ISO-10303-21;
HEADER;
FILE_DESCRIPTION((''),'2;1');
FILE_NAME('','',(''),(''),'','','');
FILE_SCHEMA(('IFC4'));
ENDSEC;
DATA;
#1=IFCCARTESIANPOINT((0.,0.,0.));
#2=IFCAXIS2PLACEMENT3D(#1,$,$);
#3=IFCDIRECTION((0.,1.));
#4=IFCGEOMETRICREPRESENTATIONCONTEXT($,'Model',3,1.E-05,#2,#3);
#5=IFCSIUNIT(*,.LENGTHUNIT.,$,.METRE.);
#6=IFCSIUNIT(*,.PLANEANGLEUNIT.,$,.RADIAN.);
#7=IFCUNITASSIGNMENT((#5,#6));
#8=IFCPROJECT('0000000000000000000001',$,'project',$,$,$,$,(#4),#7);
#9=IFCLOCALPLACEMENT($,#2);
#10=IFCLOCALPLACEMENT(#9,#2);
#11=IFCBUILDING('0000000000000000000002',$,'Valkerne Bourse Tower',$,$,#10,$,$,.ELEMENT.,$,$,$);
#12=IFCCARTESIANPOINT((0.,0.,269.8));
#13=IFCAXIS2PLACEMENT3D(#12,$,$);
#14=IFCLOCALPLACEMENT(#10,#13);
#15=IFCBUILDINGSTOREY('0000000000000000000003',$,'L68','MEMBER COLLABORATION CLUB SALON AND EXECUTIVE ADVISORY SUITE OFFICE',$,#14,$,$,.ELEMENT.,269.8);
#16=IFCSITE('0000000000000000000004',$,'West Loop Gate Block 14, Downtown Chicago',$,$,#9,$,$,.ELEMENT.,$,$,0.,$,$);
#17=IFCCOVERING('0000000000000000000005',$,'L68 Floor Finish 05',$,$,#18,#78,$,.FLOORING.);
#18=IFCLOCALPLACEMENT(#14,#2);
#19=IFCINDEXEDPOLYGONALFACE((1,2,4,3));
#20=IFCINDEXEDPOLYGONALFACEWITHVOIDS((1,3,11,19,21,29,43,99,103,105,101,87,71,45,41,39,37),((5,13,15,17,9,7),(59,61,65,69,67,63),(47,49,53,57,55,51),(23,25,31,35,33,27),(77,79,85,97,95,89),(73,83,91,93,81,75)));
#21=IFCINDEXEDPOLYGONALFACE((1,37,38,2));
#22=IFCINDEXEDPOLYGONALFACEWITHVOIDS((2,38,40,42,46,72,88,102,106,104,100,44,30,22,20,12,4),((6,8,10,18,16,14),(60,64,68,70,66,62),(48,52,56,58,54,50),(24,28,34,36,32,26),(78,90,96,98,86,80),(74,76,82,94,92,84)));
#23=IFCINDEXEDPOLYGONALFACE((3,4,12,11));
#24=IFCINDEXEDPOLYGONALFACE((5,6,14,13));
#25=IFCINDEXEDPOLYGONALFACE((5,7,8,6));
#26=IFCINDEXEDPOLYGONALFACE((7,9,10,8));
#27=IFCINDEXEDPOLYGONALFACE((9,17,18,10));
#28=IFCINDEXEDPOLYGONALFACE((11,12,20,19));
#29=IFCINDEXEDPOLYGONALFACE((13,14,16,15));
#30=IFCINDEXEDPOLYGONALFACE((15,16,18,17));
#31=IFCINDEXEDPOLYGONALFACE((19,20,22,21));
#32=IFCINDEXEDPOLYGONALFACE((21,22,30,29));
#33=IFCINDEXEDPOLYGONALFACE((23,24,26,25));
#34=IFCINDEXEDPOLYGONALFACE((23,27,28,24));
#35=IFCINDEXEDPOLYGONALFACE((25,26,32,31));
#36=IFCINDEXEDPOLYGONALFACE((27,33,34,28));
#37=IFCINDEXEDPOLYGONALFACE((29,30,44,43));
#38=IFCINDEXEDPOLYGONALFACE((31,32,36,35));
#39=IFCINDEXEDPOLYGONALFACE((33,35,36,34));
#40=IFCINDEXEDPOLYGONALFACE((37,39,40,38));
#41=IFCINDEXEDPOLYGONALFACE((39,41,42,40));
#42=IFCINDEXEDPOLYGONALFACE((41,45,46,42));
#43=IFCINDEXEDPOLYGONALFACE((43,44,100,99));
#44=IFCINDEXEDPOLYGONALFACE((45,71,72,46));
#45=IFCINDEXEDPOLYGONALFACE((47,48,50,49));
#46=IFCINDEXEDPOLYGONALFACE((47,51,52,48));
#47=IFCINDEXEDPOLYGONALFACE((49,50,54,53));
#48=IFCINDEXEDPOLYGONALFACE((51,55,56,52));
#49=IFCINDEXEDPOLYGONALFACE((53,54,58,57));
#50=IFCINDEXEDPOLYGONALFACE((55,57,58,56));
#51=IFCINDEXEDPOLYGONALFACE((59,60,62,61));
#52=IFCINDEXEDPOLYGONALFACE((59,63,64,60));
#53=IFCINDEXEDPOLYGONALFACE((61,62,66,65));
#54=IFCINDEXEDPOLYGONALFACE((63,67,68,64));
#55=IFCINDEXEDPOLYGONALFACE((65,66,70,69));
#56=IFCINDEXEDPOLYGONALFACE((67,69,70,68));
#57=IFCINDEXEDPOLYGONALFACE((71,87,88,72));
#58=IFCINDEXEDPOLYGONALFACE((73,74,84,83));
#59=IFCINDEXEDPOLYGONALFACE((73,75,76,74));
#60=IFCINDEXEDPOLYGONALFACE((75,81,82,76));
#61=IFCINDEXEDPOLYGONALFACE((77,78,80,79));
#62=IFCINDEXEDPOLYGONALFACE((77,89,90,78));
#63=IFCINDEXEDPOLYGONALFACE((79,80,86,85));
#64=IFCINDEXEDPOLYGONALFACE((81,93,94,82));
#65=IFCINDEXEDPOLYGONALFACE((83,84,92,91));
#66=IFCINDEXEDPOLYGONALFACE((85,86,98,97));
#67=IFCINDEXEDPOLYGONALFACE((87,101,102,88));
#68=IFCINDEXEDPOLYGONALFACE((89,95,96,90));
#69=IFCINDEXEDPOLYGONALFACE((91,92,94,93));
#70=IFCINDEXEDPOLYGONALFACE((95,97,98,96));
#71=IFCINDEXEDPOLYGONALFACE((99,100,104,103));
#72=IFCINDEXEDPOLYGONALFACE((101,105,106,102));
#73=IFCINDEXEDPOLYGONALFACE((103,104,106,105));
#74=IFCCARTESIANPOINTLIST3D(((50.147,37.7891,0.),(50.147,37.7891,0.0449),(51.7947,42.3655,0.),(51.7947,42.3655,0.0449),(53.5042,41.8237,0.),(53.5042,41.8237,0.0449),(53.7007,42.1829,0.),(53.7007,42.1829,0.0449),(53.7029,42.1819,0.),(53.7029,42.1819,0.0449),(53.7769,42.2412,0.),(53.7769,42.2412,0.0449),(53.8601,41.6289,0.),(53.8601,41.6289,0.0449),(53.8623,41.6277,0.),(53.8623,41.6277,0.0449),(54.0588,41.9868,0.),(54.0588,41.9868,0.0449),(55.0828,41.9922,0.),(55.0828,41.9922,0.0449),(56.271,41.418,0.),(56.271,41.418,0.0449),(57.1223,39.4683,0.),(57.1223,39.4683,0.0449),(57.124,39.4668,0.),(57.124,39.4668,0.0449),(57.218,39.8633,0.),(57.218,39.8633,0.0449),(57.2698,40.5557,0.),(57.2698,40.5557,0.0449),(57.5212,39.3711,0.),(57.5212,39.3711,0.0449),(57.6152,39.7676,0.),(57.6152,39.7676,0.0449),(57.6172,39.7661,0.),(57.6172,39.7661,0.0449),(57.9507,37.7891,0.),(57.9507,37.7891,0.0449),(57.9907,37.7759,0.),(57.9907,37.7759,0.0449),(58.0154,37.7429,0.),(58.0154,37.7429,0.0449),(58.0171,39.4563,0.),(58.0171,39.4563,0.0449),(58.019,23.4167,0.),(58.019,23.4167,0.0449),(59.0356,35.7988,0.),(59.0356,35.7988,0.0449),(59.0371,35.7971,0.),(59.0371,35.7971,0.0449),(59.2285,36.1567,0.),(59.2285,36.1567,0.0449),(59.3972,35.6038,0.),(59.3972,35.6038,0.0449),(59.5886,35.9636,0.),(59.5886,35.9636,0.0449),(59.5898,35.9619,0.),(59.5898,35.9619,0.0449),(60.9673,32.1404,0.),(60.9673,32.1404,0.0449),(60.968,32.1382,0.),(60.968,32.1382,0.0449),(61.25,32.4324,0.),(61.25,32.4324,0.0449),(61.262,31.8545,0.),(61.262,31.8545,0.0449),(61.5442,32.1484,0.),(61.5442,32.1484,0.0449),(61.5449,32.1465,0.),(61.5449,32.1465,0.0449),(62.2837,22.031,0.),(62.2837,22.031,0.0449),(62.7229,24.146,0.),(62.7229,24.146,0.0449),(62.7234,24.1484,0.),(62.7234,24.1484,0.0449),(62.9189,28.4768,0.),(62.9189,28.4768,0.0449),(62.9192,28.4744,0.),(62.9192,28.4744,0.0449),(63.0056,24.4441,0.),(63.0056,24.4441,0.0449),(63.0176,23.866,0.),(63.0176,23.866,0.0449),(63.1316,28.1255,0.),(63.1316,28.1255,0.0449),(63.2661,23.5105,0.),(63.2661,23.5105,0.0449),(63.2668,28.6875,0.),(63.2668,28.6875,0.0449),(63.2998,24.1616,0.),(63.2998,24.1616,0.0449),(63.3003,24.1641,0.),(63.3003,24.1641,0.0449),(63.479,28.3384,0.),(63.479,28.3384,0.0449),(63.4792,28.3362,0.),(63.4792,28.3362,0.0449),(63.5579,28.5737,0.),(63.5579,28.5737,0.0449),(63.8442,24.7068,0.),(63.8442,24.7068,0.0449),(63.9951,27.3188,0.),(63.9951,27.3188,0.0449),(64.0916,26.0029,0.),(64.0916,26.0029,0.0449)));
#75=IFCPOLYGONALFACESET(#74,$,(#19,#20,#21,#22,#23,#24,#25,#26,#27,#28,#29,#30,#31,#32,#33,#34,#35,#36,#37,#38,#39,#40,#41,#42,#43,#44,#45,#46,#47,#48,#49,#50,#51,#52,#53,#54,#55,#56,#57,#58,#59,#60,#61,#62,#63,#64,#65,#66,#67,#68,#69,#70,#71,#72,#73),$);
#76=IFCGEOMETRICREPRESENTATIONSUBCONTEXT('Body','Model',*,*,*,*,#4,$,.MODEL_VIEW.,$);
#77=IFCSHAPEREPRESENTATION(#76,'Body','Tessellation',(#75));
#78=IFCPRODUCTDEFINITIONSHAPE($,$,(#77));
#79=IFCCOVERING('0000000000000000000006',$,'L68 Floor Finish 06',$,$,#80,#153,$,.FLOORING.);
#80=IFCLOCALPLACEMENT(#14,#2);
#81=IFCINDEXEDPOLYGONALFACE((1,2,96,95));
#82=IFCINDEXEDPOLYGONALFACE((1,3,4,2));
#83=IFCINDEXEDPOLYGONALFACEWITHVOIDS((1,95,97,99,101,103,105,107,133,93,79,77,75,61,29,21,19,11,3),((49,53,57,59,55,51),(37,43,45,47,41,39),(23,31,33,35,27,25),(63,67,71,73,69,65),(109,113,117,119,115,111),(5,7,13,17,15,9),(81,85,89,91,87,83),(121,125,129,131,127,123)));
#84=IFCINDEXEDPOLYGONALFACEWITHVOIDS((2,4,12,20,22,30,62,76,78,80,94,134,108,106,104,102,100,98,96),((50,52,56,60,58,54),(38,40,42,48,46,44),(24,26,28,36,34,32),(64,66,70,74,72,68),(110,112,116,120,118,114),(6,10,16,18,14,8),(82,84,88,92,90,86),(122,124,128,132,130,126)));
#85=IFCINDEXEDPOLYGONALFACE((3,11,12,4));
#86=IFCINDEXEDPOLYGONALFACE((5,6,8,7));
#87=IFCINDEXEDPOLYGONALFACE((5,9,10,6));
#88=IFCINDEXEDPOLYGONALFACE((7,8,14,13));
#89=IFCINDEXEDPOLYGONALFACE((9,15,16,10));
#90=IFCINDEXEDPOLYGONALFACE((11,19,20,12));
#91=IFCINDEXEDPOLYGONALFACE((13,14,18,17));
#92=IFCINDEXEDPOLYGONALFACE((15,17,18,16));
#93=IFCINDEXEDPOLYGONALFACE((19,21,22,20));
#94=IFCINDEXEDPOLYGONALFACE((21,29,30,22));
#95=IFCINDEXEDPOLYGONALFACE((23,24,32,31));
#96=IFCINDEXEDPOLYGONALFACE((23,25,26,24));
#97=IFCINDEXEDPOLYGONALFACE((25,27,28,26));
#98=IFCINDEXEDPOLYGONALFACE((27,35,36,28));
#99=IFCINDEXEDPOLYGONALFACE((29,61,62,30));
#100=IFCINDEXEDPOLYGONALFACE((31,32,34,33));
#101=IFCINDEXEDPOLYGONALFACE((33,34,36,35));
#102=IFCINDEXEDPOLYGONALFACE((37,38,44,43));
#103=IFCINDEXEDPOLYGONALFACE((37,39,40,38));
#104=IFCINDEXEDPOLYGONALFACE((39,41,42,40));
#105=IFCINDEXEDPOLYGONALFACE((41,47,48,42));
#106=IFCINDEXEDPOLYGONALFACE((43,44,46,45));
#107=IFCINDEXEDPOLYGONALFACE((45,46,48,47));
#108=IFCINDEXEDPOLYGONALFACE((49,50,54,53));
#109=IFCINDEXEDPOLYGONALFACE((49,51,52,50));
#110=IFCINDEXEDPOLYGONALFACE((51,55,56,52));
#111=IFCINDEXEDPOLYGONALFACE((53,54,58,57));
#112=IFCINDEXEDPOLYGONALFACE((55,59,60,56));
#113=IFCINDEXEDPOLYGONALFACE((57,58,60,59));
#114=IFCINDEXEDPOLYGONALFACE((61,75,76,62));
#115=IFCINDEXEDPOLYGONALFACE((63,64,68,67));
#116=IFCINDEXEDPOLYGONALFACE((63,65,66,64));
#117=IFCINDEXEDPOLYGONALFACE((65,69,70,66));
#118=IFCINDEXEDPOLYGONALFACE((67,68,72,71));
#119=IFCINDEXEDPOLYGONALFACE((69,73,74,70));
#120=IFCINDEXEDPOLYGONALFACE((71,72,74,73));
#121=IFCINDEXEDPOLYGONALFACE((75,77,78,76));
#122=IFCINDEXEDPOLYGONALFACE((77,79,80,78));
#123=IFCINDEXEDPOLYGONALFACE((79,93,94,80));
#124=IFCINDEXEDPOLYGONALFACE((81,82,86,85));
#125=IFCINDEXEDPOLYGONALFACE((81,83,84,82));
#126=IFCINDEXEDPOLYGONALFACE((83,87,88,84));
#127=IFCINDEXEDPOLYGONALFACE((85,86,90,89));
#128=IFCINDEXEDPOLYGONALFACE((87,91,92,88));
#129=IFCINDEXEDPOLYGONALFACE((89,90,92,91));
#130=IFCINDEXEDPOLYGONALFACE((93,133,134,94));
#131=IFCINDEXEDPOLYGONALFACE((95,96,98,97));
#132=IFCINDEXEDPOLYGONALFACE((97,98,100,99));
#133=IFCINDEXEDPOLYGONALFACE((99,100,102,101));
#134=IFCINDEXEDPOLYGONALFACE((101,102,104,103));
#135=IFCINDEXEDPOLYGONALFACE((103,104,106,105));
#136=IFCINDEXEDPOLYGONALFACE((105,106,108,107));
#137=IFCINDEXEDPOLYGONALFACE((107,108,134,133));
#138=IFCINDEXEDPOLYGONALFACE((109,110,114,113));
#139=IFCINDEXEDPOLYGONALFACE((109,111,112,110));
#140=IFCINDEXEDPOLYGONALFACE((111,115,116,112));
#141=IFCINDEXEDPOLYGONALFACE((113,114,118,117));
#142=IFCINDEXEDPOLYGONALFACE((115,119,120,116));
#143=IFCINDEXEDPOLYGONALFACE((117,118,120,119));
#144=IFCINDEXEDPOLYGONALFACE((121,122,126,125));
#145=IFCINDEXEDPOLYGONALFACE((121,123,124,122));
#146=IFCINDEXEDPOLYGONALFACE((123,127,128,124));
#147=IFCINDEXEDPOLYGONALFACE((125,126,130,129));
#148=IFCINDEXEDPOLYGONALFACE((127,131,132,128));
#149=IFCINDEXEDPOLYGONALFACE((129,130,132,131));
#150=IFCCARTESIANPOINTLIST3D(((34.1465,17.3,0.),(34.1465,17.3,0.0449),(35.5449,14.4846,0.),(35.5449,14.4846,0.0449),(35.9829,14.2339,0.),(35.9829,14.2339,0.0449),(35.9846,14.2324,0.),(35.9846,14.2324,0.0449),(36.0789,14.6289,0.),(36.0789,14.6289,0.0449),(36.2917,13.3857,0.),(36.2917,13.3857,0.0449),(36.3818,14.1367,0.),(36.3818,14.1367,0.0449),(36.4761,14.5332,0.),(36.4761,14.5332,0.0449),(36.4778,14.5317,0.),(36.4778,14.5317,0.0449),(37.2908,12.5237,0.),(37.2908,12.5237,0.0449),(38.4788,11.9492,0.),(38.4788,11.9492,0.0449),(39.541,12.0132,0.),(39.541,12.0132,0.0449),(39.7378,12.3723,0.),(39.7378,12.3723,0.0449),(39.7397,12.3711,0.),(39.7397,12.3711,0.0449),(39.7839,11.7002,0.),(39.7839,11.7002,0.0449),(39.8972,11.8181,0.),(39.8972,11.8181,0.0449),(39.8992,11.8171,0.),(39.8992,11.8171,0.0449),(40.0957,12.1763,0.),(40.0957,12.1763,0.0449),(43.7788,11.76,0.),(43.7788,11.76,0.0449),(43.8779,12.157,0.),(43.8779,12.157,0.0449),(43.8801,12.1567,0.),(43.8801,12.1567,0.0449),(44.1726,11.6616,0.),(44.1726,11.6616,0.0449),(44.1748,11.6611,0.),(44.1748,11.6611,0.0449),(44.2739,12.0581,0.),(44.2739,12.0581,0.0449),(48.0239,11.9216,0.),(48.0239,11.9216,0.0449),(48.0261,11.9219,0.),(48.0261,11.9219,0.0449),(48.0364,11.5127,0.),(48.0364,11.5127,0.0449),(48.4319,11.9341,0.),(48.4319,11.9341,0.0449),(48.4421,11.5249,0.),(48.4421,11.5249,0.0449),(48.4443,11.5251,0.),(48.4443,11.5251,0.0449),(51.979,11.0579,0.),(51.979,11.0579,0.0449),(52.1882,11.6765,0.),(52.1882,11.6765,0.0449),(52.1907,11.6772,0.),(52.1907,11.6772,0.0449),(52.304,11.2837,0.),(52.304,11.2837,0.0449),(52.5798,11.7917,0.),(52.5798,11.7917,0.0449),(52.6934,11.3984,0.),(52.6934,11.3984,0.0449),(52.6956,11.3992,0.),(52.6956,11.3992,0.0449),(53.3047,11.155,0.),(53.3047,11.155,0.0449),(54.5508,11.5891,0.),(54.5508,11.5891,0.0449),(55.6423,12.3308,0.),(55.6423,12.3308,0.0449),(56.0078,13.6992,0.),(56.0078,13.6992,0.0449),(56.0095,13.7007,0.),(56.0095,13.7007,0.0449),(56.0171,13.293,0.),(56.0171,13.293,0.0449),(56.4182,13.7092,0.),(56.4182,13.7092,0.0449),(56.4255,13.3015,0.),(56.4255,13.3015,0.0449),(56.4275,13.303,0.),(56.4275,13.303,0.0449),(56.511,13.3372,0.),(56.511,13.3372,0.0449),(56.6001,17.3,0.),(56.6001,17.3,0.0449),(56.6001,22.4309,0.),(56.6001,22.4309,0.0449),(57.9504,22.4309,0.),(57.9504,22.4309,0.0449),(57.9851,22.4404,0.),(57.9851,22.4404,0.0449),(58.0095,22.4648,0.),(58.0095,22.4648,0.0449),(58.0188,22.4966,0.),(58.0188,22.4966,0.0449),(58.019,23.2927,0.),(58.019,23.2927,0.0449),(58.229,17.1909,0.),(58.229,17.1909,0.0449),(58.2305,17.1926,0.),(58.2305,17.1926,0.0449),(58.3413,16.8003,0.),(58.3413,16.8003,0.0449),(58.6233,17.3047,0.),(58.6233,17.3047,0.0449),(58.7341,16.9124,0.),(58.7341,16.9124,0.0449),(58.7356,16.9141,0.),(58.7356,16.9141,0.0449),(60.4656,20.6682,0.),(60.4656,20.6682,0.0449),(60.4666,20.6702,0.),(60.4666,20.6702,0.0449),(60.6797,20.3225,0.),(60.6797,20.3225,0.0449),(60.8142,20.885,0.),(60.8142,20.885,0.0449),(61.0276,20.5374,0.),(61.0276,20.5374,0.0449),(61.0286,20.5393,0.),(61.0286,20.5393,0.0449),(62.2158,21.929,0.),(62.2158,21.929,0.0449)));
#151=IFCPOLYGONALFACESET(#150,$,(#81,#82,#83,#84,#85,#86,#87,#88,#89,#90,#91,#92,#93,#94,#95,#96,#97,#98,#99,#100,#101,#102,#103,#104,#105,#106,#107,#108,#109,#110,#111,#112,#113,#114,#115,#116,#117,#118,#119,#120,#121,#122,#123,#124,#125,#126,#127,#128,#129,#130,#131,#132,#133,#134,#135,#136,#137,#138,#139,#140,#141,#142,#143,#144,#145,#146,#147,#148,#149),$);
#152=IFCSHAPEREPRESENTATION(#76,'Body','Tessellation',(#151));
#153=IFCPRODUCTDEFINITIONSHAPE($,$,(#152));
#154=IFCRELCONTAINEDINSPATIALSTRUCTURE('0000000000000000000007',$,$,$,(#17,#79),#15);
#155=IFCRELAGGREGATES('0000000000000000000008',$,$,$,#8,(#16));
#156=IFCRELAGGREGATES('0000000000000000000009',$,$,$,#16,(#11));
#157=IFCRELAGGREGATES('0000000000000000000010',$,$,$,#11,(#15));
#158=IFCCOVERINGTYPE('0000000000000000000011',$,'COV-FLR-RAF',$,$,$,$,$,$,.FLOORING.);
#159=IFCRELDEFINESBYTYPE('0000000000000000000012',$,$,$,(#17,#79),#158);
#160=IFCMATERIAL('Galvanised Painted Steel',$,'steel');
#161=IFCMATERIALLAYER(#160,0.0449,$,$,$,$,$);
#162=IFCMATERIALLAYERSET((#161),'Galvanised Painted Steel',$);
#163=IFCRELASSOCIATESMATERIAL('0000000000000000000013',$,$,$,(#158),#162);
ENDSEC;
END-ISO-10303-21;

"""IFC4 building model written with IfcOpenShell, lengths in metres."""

from ifc_helpers import new_model, si_unit, direction, frame, origin, place, context, subcontext, project, spatial, polyline, outline, extrude, material, layer, layer_set, type_object, element, save


model = new_model("IFC4")

# Units and contexts
model_context = context("Model", 3, precision=1e-05, world=origin(), true_north=direction((0.0, 1.0)))
body_context = subcontext(model_context, "Body", "Model", "MODEL_VIEW")
ifc_project = project(units=[si_unit("LENGTHUNIT", "METRE"), si_unit("PLANEANGLEUNIT", "RADIAN")], contexts=[model_context])

# Site, building, storey
site_placement = place(None, origin())
site = spatial("IfcSite", under=ifc_project, at=site_placement, Name="West Loop Gate Block 14, Downtown Chicago", CompositionType="ELEMENT", RefElevation=0.0)
building_placement = place(site_placement, origin())
building = spatial("IfcBuilding", under=site, at=building_placement, Name="Valkerne Bourse Tower", CompositionType="ELEMENT")
storey_placement = place(building_placement, frame((0.0, 0.0, 269.8)))
storey = spatial("IfcBuildingStorey", under=building, at=storey_placement, Name="L68", Description="MEMBER COLLABORATION CLUB SALON AND EXECUTIVE ADVISORY SUITE OFFICE", CompositionType="ELEMENT", Elevation=269.8)

# Coverings
ifc_material_1 = material(Name="Galvanised Painted Steel", Category="steel")
ifc_layer_1 = layer(ifc_material_1, 0.0449)
ifc_layer_set_1 = layer_set([ifc_layer_1], Name="Galvanised Painted Steel")
covering_type_1 = type_object("IfcCoveringType", Name="COV-FLR-RAF", PredefinedType="FLOORING", material=ifc_layer_set_1)
covering_1_placement = place(storey_placement, origin())
element("IfcCovering", 1, at=covering_1_placement, inside=storey, type_object=covering_type_1, Name="L68 Floor Finish 05", PredefinedType="FLOORING", context=body_context, shape_type="SweptSolid", body=[
    extrude(outline(polyline([(63.8442, 24.7068), (63.2661, 23.5105), (62.2837, 22.031), (58.019, 23.4167), (58.0154, 37.7429), (57.9907, 37.7759), (57.9507, 37.7891), (50.147, 37.7891), (51.7947, 42.3655), (53.7769, 42.2412), (55.0828, 41.9922), (56.271, 41.418), (57.2698, 40.5557), (58.0171, 39.4563), (63.5579, 28.5737), (63.9951, 27.3188), (64.0916, 26.0029), (63.8442, 24.7068)]), holes=[polyline([(63.3003, 24.1641), (63.0056, 24.4441), (62.7234, 24.1484), (62.7229, 24.146), (63.0176, 23.866), (63.2998, 24.1616), (63.3003, 24.1641)]), polyline([(63.479, 28.3384), (63.2668, 28.6875), (62.9189, 28.4768), (62.9192, 28.4744), (63.1316, 28.1255), (63.4792, 28.3362), (63.479, 28.3384)]), polyline([(61.5442, 32.1484), (61.25, 32.4324), (60.9673, 32.1404), (60.968, 32.1382), (61.262, 31.8545), (61.5449, 32.1465), (61.5442, 32.1484)]), polyline([(59.5886, 35.9636), (59.2285, 36.1567), (59.0356, 35.7988), (59.0371, 35.7971), (59.3972, 35.6038), (59.5898, 35.9619), (59.5886, 35.9636)]), polyline([(57.6152, 39.7676), (57.218, 39.8633), (57.1223, 39.4683), (57.124, 39.4668), (57.5212, 39.3711), (57.6172, 39.7661), (57.6152, 39.7676)]), polyline([(53.7029, 42.1819), (53.7007, 42.1829), (53.5042, 41.8237), (53.8601, 41.6289), (53.8623, 41.6277), (54.0588, 41.9868), (53.7029, 42.1819)])]), origin(), (0.0, 0.0, 1.0), 0.0449),
])
covering_2_placement = place(storey_placement, origin())
element("IfcCovering", 2, at=covering_2_placement, inside=storey, type_object=covering_type_1, Name="L68 Floor Finish 06", PredefinedType="FLOORING", context=body_context, shape_type="SweptSolid", body=[
    extrude(outline(polyline([(54.5508, 11.5891), (53.3047, 11.155), (51.979, 11.0579), (39.7839, 11.7002), (38.4788, 11.9492), (37.2908, 12.5237), (36.2917, 13.3857), (35.5449, 14.4846), (34.1465, 17.3), (56.6001, 17.3), (56.6001, 22.4309), (57.9504, 22.4309), (57.9851, 22.4404), (58.0095, 22.4648), (58.0188, 22.4966), (58.019, 23.2927), (62.2158, 21.929), (56.511, 13.3372), (55.6423, 12.3308), (54.5508, 11.5891)]), holes=[polyline([(43.8801, 12.1567), (43.8779, 12.157), (43.7788, 11.76), (44.1726, 11.6616), (44.1748, 11.6611), (44.2739, 12.0581), (43.8801, 12.1567)]), polyline([(39.7397, 12.3711), (39.7378, 12.3723), (39.541, 12.0132), (39.8972, 11.8181), (39.8992, 11.8171), (40.0957, 12.1763), (39.7397, 12.3711)]), polyline([(36.4761, 14.5332), (36.0789, 14.6289), (35.9829, 14.2339), (35.9846, 14.2324), (36.3818, 14.1367), (36.4778, 14.5317), (36.4761, 14.5332)]), polyline([(52.6956, 11.3992), (52.5798, 11.7917), (52.1907, 11.6772), (52.1882, 11.6765), (52.304, 11.2837), (52.6934, 11.3984), (52.6956, 11.3992)]), polyline([(48.4443, 11.5251), (48.4319, 11.9341), (48.0261, 11.9219), (48.0239, 11.9216), (48.0364, 11.5127), (48.4421, 11.5249), (48.4443, 11.5251)]), polyline([(56.4275, 13.303), (56.4182, 13.7092), (56.0095, 13.7007), (56.0078, 13.6992), (56.0171, 13.293), (56.4255, 13.3015), (56.4275, 13.303)]), polyline([(58.7356, 16.9141), (58.6233, 17.3047), (58.2305, 17.1926), (58.229, 17.1909), (58.3413, 16.8003), (58.7341, 16.9124), (58.7356, 16.9141)]), polyline([(61.0286, 20.5393), (60.8142, 20.885), (60.4666, 20.6702), (60.4656, 20.6682), (60.6797, 20.3225), (61.0276, 20.5374), (61.0286, 20.5393)])]), origin(), (0.0, 0.0, 1.0), 0.0449),
])

save(model, "model.ifc")
